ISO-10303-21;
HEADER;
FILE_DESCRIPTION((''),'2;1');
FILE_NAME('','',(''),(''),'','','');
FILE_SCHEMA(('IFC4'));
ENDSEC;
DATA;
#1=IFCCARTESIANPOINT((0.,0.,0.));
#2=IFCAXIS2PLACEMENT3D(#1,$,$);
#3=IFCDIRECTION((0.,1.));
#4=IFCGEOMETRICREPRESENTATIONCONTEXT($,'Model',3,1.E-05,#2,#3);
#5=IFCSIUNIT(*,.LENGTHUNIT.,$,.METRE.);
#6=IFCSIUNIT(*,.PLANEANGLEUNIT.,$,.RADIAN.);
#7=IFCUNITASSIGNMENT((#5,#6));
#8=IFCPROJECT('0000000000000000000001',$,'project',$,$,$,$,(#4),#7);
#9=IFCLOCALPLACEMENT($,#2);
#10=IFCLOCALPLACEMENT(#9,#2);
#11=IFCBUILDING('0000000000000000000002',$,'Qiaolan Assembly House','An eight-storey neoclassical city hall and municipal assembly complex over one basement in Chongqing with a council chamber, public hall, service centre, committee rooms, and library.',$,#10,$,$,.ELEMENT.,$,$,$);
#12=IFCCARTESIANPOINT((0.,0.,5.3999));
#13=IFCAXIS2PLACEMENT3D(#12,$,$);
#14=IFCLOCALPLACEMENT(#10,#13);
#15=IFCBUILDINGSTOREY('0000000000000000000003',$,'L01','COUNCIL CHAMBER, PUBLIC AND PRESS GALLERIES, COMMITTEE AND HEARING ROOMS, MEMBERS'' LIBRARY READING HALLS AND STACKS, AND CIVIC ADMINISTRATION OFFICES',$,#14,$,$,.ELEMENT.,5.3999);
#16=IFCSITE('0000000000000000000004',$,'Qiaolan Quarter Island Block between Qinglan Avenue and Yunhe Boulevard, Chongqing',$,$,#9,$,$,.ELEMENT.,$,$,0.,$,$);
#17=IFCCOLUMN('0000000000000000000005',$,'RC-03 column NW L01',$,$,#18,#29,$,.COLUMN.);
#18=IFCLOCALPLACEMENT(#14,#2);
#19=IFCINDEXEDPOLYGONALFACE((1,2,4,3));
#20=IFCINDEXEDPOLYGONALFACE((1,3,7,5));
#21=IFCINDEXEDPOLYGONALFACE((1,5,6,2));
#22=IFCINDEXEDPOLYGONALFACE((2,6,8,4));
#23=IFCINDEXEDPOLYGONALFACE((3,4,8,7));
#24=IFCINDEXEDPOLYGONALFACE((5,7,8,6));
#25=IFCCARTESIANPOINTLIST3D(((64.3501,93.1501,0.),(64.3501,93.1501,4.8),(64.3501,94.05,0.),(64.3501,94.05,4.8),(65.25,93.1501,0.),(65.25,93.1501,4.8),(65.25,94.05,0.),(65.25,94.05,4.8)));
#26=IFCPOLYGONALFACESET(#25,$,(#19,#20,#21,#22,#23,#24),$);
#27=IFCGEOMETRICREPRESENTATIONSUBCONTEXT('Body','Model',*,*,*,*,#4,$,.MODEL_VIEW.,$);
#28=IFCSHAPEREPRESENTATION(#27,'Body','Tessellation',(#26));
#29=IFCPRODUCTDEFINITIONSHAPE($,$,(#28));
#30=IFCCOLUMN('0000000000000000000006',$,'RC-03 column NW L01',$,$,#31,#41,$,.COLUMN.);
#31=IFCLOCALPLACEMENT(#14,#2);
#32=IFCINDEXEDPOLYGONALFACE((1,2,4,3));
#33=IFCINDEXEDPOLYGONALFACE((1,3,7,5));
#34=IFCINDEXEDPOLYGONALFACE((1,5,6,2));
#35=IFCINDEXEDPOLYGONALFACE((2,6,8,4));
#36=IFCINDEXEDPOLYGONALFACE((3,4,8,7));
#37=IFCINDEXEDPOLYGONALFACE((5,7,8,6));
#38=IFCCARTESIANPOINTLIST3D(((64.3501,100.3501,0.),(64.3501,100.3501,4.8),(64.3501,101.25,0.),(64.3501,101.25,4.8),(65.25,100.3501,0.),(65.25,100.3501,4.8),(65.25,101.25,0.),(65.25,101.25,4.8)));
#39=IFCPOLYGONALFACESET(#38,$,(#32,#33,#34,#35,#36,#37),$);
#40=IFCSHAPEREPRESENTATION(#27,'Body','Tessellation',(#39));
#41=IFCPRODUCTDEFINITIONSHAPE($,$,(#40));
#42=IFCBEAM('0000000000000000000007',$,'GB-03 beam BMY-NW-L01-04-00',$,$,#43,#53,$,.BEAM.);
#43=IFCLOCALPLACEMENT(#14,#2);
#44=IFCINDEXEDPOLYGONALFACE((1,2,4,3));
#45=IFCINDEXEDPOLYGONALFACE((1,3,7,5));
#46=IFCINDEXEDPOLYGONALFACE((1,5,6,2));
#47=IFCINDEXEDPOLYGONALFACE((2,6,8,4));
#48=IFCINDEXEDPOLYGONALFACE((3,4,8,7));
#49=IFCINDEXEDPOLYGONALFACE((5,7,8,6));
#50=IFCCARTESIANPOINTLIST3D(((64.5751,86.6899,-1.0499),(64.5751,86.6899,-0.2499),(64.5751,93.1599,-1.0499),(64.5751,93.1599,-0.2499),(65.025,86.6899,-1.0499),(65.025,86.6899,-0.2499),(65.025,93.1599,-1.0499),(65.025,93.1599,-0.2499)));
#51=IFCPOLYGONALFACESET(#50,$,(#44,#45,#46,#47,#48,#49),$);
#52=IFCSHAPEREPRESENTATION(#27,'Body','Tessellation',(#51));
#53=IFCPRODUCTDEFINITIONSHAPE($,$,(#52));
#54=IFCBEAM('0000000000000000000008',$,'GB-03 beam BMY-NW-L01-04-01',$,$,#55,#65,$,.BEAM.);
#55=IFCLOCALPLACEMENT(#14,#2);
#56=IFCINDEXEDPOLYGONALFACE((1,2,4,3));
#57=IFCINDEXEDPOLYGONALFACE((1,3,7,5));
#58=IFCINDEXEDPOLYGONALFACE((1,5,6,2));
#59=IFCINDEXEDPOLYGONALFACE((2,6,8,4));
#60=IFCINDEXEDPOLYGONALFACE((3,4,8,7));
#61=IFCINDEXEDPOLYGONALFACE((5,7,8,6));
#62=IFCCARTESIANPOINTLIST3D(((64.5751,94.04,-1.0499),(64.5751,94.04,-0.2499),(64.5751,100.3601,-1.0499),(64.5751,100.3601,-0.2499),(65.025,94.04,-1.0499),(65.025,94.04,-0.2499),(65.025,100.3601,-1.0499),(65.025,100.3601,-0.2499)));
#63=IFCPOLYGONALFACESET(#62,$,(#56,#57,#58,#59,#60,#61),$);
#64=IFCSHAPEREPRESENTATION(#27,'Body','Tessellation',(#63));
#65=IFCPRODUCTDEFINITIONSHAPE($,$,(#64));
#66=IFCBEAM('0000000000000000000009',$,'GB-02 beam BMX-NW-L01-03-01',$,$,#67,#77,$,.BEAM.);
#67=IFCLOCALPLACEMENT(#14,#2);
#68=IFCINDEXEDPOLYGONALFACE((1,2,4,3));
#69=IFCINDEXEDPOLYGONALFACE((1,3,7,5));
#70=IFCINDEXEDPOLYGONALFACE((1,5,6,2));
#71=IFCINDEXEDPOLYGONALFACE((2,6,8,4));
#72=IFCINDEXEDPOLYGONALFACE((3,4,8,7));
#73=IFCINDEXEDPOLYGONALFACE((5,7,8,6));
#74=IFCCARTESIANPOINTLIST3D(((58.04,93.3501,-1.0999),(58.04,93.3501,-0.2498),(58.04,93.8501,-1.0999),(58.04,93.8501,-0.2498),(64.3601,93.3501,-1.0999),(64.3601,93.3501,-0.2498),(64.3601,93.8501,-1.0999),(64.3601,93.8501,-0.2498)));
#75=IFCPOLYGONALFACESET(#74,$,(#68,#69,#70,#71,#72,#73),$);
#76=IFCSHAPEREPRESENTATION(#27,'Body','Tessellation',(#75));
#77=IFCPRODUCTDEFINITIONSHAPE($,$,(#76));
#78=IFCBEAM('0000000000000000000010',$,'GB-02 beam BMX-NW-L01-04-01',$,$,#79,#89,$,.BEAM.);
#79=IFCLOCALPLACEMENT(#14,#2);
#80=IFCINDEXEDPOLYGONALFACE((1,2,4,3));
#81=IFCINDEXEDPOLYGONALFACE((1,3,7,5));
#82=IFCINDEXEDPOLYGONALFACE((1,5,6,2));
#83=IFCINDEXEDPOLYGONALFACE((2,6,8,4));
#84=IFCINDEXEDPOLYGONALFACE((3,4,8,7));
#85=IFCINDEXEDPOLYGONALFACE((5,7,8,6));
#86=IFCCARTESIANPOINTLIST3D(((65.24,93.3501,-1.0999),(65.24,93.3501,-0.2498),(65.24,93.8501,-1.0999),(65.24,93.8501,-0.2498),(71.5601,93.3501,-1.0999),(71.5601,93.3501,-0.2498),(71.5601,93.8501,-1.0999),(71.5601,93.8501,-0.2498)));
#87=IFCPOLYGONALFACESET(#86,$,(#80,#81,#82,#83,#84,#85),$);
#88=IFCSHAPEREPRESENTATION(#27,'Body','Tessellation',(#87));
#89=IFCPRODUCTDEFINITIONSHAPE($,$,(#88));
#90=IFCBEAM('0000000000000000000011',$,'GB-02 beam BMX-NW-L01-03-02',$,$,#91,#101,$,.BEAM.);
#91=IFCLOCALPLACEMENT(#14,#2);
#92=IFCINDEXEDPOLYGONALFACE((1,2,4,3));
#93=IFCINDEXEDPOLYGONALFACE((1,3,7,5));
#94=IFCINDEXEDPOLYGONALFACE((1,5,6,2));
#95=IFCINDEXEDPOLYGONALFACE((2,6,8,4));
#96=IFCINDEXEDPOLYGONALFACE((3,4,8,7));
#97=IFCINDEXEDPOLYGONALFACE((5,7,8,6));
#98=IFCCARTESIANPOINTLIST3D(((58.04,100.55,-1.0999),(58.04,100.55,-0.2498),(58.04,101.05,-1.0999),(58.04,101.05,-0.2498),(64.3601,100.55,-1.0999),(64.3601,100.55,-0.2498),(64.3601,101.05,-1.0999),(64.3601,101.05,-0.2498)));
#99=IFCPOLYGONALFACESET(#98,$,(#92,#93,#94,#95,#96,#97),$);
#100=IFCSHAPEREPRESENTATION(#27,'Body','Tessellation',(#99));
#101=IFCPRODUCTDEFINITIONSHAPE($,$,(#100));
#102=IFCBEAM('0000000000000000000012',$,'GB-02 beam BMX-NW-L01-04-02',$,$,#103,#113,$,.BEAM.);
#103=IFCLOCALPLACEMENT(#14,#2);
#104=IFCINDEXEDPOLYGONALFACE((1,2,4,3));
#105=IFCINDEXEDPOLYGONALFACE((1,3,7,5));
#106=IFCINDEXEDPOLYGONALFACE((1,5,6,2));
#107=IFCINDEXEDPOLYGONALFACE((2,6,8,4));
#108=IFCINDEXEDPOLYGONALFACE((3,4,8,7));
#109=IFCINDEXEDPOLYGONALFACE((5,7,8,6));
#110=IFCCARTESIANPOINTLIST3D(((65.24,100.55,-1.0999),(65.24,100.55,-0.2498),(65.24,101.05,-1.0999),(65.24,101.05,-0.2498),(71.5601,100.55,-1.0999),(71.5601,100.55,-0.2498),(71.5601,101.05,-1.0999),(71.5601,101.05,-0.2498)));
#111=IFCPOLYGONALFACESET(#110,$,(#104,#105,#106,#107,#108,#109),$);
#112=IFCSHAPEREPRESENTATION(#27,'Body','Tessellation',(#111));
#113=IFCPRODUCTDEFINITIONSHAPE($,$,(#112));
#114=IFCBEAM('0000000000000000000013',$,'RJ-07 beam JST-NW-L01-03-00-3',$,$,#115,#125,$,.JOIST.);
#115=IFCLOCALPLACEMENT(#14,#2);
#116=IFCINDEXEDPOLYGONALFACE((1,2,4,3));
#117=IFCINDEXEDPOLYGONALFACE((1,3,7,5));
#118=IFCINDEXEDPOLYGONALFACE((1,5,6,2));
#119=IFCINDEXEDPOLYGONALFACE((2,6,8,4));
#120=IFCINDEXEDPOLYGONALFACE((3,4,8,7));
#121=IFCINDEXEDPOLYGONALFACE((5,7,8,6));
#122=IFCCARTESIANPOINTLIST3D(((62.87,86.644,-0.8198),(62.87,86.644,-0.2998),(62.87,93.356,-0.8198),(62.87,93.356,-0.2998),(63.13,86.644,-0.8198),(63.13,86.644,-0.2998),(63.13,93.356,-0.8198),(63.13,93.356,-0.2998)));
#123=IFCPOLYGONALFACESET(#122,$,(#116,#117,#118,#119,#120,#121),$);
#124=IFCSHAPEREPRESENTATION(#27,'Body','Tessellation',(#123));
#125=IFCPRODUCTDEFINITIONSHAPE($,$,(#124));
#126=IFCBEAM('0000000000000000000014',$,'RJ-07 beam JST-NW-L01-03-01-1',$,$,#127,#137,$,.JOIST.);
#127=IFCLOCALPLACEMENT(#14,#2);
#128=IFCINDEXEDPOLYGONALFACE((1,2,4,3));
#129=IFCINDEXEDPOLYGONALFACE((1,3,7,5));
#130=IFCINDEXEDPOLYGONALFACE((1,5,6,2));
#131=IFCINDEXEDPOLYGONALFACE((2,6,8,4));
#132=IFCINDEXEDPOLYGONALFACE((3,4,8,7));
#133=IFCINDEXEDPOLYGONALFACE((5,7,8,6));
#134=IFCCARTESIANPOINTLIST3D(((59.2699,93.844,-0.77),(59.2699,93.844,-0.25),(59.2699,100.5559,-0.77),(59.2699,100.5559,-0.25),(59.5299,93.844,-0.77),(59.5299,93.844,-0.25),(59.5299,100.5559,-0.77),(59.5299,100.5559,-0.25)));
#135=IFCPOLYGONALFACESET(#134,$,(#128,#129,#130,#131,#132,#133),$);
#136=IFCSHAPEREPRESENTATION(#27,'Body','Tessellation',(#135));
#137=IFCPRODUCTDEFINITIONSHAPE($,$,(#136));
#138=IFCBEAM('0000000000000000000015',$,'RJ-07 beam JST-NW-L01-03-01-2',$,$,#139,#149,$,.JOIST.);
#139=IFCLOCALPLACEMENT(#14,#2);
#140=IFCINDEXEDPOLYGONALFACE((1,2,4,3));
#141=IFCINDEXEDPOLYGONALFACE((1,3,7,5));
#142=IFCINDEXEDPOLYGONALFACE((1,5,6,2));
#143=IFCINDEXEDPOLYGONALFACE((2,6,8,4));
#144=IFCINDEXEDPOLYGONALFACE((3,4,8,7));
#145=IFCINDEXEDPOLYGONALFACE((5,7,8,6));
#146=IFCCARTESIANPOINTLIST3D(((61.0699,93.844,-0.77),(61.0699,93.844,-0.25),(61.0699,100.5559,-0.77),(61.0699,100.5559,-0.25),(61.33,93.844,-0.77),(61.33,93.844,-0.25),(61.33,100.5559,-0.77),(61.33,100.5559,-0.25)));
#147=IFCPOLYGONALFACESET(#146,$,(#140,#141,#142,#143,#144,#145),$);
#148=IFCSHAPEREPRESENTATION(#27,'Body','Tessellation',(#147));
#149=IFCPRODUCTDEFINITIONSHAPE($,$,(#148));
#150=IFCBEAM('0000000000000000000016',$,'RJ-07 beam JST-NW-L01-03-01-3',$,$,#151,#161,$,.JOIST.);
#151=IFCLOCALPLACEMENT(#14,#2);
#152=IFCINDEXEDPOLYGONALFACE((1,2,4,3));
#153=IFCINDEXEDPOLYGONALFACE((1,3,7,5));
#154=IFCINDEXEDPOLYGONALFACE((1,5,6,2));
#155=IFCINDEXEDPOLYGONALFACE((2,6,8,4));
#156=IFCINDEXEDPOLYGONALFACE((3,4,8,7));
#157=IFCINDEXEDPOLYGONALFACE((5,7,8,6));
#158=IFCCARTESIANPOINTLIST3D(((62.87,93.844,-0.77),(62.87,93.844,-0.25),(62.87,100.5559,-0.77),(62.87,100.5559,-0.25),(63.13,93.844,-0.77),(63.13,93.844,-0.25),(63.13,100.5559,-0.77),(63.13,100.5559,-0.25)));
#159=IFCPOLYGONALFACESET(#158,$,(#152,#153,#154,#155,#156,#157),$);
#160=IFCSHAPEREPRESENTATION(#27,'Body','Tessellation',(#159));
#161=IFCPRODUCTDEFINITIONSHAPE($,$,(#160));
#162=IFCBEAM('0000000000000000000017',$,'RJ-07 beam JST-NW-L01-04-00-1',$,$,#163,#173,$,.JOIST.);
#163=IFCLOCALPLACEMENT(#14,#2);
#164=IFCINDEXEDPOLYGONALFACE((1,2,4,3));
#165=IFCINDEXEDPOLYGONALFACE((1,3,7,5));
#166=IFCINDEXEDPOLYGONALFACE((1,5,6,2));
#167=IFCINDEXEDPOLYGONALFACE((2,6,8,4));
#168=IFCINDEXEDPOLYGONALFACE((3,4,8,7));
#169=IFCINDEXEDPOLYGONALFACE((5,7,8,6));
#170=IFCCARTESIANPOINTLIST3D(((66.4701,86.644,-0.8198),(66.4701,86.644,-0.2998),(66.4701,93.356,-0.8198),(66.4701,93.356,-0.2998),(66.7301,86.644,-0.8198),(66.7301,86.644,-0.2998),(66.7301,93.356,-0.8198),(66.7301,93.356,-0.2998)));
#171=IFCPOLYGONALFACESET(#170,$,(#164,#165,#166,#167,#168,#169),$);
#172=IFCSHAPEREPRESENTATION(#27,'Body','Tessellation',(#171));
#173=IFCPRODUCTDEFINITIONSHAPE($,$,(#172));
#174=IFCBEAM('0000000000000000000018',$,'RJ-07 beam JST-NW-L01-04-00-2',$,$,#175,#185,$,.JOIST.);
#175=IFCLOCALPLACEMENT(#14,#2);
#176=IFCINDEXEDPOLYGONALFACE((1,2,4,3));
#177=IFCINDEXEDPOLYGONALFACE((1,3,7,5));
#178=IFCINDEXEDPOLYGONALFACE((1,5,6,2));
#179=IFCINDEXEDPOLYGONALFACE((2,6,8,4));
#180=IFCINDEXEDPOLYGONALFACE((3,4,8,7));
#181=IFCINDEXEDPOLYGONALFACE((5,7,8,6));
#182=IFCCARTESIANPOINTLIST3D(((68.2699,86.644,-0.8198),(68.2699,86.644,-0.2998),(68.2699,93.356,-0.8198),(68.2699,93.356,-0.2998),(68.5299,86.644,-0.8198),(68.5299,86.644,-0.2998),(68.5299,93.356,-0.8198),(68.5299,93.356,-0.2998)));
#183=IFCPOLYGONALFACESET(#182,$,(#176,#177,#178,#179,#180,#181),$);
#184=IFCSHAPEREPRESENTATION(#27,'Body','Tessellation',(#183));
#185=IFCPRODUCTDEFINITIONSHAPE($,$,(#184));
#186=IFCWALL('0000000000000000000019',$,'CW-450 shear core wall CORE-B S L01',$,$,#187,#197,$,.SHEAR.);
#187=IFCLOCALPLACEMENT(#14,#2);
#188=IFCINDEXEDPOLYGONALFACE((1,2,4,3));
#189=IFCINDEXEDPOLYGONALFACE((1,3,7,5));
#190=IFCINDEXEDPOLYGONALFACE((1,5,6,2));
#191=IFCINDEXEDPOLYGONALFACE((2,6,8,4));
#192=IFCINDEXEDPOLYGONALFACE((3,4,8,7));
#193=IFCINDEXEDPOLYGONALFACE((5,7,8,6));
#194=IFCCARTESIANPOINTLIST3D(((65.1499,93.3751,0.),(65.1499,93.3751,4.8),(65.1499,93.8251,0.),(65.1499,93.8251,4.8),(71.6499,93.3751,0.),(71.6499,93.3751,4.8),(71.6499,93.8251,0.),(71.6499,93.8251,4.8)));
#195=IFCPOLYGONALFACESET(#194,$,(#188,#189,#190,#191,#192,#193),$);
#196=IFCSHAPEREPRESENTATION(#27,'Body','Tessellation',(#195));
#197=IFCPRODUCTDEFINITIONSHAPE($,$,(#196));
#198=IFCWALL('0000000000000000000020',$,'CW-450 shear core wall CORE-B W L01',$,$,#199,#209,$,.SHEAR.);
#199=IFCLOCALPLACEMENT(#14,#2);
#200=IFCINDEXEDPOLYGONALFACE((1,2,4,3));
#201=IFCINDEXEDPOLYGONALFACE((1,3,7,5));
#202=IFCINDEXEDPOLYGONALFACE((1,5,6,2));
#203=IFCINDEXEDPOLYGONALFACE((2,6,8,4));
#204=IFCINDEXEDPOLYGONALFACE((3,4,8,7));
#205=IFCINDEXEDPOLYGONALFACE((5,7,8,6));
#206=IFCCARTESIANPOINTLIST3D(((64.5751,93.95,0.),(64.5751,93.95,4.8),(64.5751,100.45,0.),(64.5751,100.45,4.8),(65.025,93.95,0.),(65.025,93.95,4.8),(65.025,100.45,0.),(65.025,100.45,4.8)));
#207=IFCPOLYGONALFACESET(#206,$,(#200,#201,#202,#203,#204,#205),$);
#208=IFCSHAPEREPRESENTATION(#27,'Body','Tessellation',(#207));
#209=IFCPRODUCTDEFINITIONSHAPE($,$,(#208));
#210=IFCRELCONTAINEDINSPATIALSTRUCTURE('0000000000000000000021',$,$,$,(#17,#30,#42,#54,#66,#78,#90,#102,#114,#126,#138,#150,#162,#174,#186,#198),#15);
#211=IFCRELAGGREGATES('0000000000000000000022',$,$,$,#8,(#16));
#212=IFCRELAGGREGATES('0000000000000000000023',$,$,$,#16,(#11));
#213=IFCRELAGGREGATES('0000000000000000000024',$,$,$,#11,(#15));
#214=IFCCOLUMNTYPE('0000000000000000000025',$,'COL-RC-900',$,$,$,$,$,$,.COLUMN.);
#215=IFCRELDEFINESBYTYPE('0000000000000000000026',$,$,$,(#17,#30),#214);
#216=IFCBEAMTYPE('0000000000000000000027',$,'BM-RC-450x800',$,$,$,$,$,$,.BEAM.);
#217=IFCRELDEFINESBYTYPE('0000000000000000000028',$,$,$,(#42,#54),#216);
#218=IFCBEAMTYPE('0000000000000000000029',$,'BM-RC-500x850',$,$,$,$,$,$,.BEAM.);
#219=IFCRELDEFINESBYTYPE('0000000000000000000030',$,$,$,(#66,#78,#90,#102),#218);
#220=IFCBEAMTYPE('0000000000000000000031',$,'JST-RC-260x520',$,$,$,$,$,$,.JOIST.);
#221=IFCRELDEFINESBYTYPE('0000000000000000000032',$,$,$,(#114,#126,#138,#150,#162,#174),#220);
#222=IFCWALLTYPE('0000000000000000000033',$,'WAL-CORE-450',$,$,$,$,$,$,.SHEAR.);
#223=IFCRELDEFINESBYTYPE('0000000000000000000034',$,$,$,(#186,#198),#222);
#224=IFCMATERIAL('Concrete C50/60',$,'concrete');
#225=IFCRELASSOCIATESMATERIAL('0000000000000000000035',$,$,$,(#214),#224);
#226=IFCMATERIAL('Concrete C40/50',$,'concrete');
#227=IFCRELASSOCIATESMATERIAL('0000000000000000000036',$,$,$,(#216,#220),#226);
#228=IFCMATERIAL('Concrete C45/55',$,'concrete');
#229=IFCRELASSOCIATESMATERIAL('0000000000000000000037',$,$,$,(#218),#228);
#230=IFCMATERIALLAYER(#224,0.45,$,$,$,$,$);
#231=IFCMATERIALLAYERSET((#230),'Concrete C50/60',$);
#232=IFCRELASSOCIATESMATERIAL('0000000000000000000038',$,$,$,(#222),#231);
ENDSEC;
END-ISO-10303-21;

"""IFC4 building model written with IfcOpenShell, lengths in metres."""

from ifc_helpers import new_model, si_unit, direction, frame, frame_2d, origin, origin_2d, place, context, subcontext, project, spatial, rectangle, extrude, material, layer, layer_set, material_profile, profile_set, type_object, element, save


model = new_model("IFC4")

# Units and contexts
model_context = context("Model", 3, precision=1e-05, world=origin(), true_north=direction((0.0, 1.0)))
body_context = subcontext(model_context, "Body", "Model", "MODEL_VIEW")
ifc_project = project(units=[si_unit("LENGTHUNIT", "METRE"), si_unit("PLANEANGLEUNIT", "RADIAN")], contexts=[model_context])

# Site, building, storey
site_placement = place(None, origin())
site = spatial("IfcSite", under=ifc_project, at=site_placement, Name="Qiaolan Quarter Island Block between Qinglan Avenue and Yunhe Boulevard, Chongqing", CompositionType="ELEMENT", RefElevation=0.0)
building_placement = place(site_placement, origin())
building = spatial("IfcBuilding", under=site, at=building_placement, Name="Qiaolan Assembly House", Description="An eight-storey neoclassical city hall and municipal assembly complex over one basement in Chongqing with a council chamber, public hall, service centre, committee rooms, and library.", CompositionType="ELEMENT")
storey_placement = place(building_placement, frame((0.0, 0.0, 5.3999)))
storey = spatial("IfcBuildingStorey", under=building, at=storey_placement, Name="L01", Description="COUNCIL CHAMBER, PUBLIC AND PRESS GALLERIES, COMMITTEE AND HEARING ROOMS, MEMBERS' LIBRARY READING HALLS AND STACKS, AND CIVIC ADMINISTRATION OFFICES", CompositionType="ELEMENT", Elevation=5.3999)

# Columns
ifc_material_1 = material(Name="Concrete C50/60", Category="concrete")
ifc_material_profile_1 = material_profile(ifc_material_1, rectangle(XDim=0.8999, YDim=0.8999, at=origin_2d()), Name="RC 900x900")
ifc_profile_set_1 = profile_set([ifc_material_profile_1], Name="Concrete C50/60")
column_type = type_object("IfcColumnType", Name="COL-RC-900", PredefinedType="COLUMN", material=ifc_profile_set_1)
for number, where, z_axis, x_axis, name in (
    (1, (64.8, 93.6001, 0.0), (0.0, 0.0, 1.0), (1.0, 0.0, 0.0), "RC-03 column NW L01"),
    (2, (64.8, 100.8, 0.0), (0.0, 0.0, 1.0), (1.0, 0.0, 0.0), "RC-03 column NW L01"),
):
    element("IfcColumn", number, at=place(storey_placement, frame(where, z_axis=z_axis, x_axis=x_axis)), inside=storey, type_object=column_type, Name=name, PredefinedType="COLUMN", context=body_context, shape_type="SweptSolid", body=[
        extrude(rectangle(XDim=0.8999, YDim=0.8999, at=origin_2d()), origin(), (0.0, 0.0, 1.0), 4.8),
    ])

# Beams
ifc_material_2 = material(Name="Concrete C40/50", Category="concrete")
ifc_material_profile_2 = material_profile(ifc_material_2, rectangle(XDim=0.45, YDim=0.8, at=origin_2d()), Name="RCB 450x800")
ifc_profile_set_2 = profile_set([ifc_material_profile_2], Name="Concrete C40/50")
beam_type_1 = type_object("IfcBeamType", Name="BM-RC-450x800", PredefinedType="BEAM", material=ifc_profile_set_2)
beam_1_placement = place(storey_placement, frame((64.8, 86.6899, -0.6499), z_axis=(0.0, 1.0, 0.0), x_axis=(-1.0, 0.0, 0.0)))
element("IfcBeam", 3, at=beam_1_placement, inside=storey, type_object=beam_type_1, Name="GB-03 beam BMY-NW-L01-04-00", PredefinedType="BEAM", context=body_context, shape_type="SweptSolid", body=[
    extrude(rectangle(XDim=0.45, YDim=0.8, at=origin_2d()), origin(), (0.0, 0.0, 1.0), 6.47),
])
beam_2_placement = place(storey_placement, frame((64.8, 94.04, -0.6499), z_axis=(0.0, 1.0, 0.0), x_axis=(-1.0, 0.0, 0.0)))
element("IfcBeam", 4, at=beam_2_placement, inside=storey, type_object=beam_type_1, Name="GB-03 beam BMY-NW-L01-04-01", PredefinedType="BEAM", context=body_context, shape_type="SweptSolid", body=[
    extrude(rectangle(XDim=0.45, YDim=0.8, at=origin_2d()), origin(), (0.0, 0.0, 1.0), 6.3201),
])
ifc_material_3 = material(Name="Concrete C45/55", Category="concrete")
ifc_material_profile_3 = material_profile(ifc_material_3, rectangle(XDim=0.5, YDim=0.8501, at=origin_2d()), Name="RCB 500x850")
ifc_profile_set_3 = profile_set([ifc_material_profile_3], Name="Concrete C45/55")
beam_type_2 = type_object("IfcBeamType", Name="BM-RC-500x850", PredefinedType="BEAM", material=ifc_profile_set_3)
for number, where, z_axis, x_axis, name in (
    (5, (58.04, 93.6001, -0.6748), (1.0, 0.0, 0.0), (0.0, 1.0, 0.0), "GB-02 beam BMX-NW-L01-03-01"),
    (6, (65.24, 93.6001, -0.6748), (1.0, 0.0, 0.0), (0.0, 1.0, 0.0), "GB-02 beam BMX-NW-L01-04-01"),
    (7, (58.04, 100.8, -0.6748), (1.0, 0.0, 0.0), (0.0, 1.0, 0.0), "GB-02 beam BMX-NW-L01-03-02"),
    (8, (65.24, 100.8, -0.6748), (1.0, 0.0, 0.0), (0.0, 1.0, 0.0), "GB-02 beam BMX-NW-L01-04-02"),
):
    element("IfcBeam", number, at=place(storey_placement, frame(where, z_axis=z_axis, x_axis=x_axis)), inside=storey, type_object=beam_type_2, Name=name, PredefinedType="BEAM", context=body_context, shape_type="SweptSolid", body=[
        extrude(rectangle(XDim=0.5, YDim=0.8501, at=origin_2d()), origin(), (0.0, 0.0, 1.0), 6.3201),
    ])
ifc_material_profile_4 = material_profile(ifc_material_2, rectangle(XDim=0.26, YDim=0.52, at=origin_2d()), Name="RCB 260x520")
ifc_profile_set_4 = profile_set([ifc_material_profile_4], Name="Concrete C40/50")
beam_type_3 = type_object("IfcBeamType", Name="JST-RC-260x520", PredefinedType="JOIST", material=ifc_profile_set_4)
for number, where, z_axis, x_axis, name in (
    (9, (63.0, 86.644, -0.5598), (0.0, 1.0, 0.0), (-1.0, 0.0, 0.0), "RJ-07 beam JST-NW-L01-03-00-3"),
    (10, (59.3999, 93.844, -0.51), (0.0, 1.0, 0.0), (-1.0, 0.0, 0.0), "RJ-07 beam JST-NW-L01-03-01-1"),
    (11, (61.2, 93.844, -0.51), (0.0, 1.0, 0.0), (-1.0, 0.0, 0.0), "RJ-07 beam JST-NW-L01-03-01-2"),
    (12, (63.0, 93.844, -0.51), (0.0, 1.0, 0.0), (-1.0, 0.0, 0.0), "RJ-07 beam JST-NW-L01-03-01-3"),
    (13, (66.6001, 86.644, -0.5598), (0.0, 1.0, 0.0), (-1.0, 0.0, 0.0), "RJ-07 beam JST-NW-L01-04-00-1"),
    (14, (68.3999, 86.644, -0.5598), (0.0, 1.0, 0.0), (-1.0, 0.0, 0.0), "RJ-07 beam JST-NW-L01-04-00-2"),
):
    element("IfcBeam", number, at=place(storey_placement, frame(where, z_axis=z_axis, x_axis=x_axis)), inside=storey, type_object=beam_type_3, Name=name, PredefinedType="JOIST", context=body_context, shape_type="SweptSolid", body=[
        extrude(rectangle(XDim=0.26, YDim=0.52, at=origin_2d()), origin(), (0.0, 0.0, 1.0), 6.7119),
    ])

# Walls
ifc_layer_1 = layer(ifc_material_1, 0.45)
ifc_layer_set_1 = layer_set([ifc_layer_1], Name="Concrete C50/60")
wall_type_1 = type_object("IfcWallType", Name="WAL-CORE-450", PredefinedType="SHEAR", material=ifc_layer_set_1)
for number, where, z_axis, x_axis, name in (
    (15, (65.1499, 93.6001, 0.0), (0.0, 0.0, 1.0), (1.0, 0.0, 0.0), "CW-450 shear core wall CORE-B S L01"),
    (16, (64.8, 100.45, 0.0), (0.0, 0.0, 1.0), (0.0, -1.0, 0.0), "CW-450 shear core wall CORE-B W L01"),
):
    element("IfcWall", number, at=place(storey_placement, frame(where, z_axis=z_axis, x_axis=x_axis)), inside=storey, type_object=wall_type_1, Name=name, PredefinedType="SHEAR", context=body_context, shape_type="SweptSolid", body=[
        extrude(rectangle(XDim=6.5, YDim=0.45, at=frame_2d((3.25, 0.0))), origin(), (0.0, 0.0, 1.0), 4.8),
    ])

save(model, "model.ifc")
